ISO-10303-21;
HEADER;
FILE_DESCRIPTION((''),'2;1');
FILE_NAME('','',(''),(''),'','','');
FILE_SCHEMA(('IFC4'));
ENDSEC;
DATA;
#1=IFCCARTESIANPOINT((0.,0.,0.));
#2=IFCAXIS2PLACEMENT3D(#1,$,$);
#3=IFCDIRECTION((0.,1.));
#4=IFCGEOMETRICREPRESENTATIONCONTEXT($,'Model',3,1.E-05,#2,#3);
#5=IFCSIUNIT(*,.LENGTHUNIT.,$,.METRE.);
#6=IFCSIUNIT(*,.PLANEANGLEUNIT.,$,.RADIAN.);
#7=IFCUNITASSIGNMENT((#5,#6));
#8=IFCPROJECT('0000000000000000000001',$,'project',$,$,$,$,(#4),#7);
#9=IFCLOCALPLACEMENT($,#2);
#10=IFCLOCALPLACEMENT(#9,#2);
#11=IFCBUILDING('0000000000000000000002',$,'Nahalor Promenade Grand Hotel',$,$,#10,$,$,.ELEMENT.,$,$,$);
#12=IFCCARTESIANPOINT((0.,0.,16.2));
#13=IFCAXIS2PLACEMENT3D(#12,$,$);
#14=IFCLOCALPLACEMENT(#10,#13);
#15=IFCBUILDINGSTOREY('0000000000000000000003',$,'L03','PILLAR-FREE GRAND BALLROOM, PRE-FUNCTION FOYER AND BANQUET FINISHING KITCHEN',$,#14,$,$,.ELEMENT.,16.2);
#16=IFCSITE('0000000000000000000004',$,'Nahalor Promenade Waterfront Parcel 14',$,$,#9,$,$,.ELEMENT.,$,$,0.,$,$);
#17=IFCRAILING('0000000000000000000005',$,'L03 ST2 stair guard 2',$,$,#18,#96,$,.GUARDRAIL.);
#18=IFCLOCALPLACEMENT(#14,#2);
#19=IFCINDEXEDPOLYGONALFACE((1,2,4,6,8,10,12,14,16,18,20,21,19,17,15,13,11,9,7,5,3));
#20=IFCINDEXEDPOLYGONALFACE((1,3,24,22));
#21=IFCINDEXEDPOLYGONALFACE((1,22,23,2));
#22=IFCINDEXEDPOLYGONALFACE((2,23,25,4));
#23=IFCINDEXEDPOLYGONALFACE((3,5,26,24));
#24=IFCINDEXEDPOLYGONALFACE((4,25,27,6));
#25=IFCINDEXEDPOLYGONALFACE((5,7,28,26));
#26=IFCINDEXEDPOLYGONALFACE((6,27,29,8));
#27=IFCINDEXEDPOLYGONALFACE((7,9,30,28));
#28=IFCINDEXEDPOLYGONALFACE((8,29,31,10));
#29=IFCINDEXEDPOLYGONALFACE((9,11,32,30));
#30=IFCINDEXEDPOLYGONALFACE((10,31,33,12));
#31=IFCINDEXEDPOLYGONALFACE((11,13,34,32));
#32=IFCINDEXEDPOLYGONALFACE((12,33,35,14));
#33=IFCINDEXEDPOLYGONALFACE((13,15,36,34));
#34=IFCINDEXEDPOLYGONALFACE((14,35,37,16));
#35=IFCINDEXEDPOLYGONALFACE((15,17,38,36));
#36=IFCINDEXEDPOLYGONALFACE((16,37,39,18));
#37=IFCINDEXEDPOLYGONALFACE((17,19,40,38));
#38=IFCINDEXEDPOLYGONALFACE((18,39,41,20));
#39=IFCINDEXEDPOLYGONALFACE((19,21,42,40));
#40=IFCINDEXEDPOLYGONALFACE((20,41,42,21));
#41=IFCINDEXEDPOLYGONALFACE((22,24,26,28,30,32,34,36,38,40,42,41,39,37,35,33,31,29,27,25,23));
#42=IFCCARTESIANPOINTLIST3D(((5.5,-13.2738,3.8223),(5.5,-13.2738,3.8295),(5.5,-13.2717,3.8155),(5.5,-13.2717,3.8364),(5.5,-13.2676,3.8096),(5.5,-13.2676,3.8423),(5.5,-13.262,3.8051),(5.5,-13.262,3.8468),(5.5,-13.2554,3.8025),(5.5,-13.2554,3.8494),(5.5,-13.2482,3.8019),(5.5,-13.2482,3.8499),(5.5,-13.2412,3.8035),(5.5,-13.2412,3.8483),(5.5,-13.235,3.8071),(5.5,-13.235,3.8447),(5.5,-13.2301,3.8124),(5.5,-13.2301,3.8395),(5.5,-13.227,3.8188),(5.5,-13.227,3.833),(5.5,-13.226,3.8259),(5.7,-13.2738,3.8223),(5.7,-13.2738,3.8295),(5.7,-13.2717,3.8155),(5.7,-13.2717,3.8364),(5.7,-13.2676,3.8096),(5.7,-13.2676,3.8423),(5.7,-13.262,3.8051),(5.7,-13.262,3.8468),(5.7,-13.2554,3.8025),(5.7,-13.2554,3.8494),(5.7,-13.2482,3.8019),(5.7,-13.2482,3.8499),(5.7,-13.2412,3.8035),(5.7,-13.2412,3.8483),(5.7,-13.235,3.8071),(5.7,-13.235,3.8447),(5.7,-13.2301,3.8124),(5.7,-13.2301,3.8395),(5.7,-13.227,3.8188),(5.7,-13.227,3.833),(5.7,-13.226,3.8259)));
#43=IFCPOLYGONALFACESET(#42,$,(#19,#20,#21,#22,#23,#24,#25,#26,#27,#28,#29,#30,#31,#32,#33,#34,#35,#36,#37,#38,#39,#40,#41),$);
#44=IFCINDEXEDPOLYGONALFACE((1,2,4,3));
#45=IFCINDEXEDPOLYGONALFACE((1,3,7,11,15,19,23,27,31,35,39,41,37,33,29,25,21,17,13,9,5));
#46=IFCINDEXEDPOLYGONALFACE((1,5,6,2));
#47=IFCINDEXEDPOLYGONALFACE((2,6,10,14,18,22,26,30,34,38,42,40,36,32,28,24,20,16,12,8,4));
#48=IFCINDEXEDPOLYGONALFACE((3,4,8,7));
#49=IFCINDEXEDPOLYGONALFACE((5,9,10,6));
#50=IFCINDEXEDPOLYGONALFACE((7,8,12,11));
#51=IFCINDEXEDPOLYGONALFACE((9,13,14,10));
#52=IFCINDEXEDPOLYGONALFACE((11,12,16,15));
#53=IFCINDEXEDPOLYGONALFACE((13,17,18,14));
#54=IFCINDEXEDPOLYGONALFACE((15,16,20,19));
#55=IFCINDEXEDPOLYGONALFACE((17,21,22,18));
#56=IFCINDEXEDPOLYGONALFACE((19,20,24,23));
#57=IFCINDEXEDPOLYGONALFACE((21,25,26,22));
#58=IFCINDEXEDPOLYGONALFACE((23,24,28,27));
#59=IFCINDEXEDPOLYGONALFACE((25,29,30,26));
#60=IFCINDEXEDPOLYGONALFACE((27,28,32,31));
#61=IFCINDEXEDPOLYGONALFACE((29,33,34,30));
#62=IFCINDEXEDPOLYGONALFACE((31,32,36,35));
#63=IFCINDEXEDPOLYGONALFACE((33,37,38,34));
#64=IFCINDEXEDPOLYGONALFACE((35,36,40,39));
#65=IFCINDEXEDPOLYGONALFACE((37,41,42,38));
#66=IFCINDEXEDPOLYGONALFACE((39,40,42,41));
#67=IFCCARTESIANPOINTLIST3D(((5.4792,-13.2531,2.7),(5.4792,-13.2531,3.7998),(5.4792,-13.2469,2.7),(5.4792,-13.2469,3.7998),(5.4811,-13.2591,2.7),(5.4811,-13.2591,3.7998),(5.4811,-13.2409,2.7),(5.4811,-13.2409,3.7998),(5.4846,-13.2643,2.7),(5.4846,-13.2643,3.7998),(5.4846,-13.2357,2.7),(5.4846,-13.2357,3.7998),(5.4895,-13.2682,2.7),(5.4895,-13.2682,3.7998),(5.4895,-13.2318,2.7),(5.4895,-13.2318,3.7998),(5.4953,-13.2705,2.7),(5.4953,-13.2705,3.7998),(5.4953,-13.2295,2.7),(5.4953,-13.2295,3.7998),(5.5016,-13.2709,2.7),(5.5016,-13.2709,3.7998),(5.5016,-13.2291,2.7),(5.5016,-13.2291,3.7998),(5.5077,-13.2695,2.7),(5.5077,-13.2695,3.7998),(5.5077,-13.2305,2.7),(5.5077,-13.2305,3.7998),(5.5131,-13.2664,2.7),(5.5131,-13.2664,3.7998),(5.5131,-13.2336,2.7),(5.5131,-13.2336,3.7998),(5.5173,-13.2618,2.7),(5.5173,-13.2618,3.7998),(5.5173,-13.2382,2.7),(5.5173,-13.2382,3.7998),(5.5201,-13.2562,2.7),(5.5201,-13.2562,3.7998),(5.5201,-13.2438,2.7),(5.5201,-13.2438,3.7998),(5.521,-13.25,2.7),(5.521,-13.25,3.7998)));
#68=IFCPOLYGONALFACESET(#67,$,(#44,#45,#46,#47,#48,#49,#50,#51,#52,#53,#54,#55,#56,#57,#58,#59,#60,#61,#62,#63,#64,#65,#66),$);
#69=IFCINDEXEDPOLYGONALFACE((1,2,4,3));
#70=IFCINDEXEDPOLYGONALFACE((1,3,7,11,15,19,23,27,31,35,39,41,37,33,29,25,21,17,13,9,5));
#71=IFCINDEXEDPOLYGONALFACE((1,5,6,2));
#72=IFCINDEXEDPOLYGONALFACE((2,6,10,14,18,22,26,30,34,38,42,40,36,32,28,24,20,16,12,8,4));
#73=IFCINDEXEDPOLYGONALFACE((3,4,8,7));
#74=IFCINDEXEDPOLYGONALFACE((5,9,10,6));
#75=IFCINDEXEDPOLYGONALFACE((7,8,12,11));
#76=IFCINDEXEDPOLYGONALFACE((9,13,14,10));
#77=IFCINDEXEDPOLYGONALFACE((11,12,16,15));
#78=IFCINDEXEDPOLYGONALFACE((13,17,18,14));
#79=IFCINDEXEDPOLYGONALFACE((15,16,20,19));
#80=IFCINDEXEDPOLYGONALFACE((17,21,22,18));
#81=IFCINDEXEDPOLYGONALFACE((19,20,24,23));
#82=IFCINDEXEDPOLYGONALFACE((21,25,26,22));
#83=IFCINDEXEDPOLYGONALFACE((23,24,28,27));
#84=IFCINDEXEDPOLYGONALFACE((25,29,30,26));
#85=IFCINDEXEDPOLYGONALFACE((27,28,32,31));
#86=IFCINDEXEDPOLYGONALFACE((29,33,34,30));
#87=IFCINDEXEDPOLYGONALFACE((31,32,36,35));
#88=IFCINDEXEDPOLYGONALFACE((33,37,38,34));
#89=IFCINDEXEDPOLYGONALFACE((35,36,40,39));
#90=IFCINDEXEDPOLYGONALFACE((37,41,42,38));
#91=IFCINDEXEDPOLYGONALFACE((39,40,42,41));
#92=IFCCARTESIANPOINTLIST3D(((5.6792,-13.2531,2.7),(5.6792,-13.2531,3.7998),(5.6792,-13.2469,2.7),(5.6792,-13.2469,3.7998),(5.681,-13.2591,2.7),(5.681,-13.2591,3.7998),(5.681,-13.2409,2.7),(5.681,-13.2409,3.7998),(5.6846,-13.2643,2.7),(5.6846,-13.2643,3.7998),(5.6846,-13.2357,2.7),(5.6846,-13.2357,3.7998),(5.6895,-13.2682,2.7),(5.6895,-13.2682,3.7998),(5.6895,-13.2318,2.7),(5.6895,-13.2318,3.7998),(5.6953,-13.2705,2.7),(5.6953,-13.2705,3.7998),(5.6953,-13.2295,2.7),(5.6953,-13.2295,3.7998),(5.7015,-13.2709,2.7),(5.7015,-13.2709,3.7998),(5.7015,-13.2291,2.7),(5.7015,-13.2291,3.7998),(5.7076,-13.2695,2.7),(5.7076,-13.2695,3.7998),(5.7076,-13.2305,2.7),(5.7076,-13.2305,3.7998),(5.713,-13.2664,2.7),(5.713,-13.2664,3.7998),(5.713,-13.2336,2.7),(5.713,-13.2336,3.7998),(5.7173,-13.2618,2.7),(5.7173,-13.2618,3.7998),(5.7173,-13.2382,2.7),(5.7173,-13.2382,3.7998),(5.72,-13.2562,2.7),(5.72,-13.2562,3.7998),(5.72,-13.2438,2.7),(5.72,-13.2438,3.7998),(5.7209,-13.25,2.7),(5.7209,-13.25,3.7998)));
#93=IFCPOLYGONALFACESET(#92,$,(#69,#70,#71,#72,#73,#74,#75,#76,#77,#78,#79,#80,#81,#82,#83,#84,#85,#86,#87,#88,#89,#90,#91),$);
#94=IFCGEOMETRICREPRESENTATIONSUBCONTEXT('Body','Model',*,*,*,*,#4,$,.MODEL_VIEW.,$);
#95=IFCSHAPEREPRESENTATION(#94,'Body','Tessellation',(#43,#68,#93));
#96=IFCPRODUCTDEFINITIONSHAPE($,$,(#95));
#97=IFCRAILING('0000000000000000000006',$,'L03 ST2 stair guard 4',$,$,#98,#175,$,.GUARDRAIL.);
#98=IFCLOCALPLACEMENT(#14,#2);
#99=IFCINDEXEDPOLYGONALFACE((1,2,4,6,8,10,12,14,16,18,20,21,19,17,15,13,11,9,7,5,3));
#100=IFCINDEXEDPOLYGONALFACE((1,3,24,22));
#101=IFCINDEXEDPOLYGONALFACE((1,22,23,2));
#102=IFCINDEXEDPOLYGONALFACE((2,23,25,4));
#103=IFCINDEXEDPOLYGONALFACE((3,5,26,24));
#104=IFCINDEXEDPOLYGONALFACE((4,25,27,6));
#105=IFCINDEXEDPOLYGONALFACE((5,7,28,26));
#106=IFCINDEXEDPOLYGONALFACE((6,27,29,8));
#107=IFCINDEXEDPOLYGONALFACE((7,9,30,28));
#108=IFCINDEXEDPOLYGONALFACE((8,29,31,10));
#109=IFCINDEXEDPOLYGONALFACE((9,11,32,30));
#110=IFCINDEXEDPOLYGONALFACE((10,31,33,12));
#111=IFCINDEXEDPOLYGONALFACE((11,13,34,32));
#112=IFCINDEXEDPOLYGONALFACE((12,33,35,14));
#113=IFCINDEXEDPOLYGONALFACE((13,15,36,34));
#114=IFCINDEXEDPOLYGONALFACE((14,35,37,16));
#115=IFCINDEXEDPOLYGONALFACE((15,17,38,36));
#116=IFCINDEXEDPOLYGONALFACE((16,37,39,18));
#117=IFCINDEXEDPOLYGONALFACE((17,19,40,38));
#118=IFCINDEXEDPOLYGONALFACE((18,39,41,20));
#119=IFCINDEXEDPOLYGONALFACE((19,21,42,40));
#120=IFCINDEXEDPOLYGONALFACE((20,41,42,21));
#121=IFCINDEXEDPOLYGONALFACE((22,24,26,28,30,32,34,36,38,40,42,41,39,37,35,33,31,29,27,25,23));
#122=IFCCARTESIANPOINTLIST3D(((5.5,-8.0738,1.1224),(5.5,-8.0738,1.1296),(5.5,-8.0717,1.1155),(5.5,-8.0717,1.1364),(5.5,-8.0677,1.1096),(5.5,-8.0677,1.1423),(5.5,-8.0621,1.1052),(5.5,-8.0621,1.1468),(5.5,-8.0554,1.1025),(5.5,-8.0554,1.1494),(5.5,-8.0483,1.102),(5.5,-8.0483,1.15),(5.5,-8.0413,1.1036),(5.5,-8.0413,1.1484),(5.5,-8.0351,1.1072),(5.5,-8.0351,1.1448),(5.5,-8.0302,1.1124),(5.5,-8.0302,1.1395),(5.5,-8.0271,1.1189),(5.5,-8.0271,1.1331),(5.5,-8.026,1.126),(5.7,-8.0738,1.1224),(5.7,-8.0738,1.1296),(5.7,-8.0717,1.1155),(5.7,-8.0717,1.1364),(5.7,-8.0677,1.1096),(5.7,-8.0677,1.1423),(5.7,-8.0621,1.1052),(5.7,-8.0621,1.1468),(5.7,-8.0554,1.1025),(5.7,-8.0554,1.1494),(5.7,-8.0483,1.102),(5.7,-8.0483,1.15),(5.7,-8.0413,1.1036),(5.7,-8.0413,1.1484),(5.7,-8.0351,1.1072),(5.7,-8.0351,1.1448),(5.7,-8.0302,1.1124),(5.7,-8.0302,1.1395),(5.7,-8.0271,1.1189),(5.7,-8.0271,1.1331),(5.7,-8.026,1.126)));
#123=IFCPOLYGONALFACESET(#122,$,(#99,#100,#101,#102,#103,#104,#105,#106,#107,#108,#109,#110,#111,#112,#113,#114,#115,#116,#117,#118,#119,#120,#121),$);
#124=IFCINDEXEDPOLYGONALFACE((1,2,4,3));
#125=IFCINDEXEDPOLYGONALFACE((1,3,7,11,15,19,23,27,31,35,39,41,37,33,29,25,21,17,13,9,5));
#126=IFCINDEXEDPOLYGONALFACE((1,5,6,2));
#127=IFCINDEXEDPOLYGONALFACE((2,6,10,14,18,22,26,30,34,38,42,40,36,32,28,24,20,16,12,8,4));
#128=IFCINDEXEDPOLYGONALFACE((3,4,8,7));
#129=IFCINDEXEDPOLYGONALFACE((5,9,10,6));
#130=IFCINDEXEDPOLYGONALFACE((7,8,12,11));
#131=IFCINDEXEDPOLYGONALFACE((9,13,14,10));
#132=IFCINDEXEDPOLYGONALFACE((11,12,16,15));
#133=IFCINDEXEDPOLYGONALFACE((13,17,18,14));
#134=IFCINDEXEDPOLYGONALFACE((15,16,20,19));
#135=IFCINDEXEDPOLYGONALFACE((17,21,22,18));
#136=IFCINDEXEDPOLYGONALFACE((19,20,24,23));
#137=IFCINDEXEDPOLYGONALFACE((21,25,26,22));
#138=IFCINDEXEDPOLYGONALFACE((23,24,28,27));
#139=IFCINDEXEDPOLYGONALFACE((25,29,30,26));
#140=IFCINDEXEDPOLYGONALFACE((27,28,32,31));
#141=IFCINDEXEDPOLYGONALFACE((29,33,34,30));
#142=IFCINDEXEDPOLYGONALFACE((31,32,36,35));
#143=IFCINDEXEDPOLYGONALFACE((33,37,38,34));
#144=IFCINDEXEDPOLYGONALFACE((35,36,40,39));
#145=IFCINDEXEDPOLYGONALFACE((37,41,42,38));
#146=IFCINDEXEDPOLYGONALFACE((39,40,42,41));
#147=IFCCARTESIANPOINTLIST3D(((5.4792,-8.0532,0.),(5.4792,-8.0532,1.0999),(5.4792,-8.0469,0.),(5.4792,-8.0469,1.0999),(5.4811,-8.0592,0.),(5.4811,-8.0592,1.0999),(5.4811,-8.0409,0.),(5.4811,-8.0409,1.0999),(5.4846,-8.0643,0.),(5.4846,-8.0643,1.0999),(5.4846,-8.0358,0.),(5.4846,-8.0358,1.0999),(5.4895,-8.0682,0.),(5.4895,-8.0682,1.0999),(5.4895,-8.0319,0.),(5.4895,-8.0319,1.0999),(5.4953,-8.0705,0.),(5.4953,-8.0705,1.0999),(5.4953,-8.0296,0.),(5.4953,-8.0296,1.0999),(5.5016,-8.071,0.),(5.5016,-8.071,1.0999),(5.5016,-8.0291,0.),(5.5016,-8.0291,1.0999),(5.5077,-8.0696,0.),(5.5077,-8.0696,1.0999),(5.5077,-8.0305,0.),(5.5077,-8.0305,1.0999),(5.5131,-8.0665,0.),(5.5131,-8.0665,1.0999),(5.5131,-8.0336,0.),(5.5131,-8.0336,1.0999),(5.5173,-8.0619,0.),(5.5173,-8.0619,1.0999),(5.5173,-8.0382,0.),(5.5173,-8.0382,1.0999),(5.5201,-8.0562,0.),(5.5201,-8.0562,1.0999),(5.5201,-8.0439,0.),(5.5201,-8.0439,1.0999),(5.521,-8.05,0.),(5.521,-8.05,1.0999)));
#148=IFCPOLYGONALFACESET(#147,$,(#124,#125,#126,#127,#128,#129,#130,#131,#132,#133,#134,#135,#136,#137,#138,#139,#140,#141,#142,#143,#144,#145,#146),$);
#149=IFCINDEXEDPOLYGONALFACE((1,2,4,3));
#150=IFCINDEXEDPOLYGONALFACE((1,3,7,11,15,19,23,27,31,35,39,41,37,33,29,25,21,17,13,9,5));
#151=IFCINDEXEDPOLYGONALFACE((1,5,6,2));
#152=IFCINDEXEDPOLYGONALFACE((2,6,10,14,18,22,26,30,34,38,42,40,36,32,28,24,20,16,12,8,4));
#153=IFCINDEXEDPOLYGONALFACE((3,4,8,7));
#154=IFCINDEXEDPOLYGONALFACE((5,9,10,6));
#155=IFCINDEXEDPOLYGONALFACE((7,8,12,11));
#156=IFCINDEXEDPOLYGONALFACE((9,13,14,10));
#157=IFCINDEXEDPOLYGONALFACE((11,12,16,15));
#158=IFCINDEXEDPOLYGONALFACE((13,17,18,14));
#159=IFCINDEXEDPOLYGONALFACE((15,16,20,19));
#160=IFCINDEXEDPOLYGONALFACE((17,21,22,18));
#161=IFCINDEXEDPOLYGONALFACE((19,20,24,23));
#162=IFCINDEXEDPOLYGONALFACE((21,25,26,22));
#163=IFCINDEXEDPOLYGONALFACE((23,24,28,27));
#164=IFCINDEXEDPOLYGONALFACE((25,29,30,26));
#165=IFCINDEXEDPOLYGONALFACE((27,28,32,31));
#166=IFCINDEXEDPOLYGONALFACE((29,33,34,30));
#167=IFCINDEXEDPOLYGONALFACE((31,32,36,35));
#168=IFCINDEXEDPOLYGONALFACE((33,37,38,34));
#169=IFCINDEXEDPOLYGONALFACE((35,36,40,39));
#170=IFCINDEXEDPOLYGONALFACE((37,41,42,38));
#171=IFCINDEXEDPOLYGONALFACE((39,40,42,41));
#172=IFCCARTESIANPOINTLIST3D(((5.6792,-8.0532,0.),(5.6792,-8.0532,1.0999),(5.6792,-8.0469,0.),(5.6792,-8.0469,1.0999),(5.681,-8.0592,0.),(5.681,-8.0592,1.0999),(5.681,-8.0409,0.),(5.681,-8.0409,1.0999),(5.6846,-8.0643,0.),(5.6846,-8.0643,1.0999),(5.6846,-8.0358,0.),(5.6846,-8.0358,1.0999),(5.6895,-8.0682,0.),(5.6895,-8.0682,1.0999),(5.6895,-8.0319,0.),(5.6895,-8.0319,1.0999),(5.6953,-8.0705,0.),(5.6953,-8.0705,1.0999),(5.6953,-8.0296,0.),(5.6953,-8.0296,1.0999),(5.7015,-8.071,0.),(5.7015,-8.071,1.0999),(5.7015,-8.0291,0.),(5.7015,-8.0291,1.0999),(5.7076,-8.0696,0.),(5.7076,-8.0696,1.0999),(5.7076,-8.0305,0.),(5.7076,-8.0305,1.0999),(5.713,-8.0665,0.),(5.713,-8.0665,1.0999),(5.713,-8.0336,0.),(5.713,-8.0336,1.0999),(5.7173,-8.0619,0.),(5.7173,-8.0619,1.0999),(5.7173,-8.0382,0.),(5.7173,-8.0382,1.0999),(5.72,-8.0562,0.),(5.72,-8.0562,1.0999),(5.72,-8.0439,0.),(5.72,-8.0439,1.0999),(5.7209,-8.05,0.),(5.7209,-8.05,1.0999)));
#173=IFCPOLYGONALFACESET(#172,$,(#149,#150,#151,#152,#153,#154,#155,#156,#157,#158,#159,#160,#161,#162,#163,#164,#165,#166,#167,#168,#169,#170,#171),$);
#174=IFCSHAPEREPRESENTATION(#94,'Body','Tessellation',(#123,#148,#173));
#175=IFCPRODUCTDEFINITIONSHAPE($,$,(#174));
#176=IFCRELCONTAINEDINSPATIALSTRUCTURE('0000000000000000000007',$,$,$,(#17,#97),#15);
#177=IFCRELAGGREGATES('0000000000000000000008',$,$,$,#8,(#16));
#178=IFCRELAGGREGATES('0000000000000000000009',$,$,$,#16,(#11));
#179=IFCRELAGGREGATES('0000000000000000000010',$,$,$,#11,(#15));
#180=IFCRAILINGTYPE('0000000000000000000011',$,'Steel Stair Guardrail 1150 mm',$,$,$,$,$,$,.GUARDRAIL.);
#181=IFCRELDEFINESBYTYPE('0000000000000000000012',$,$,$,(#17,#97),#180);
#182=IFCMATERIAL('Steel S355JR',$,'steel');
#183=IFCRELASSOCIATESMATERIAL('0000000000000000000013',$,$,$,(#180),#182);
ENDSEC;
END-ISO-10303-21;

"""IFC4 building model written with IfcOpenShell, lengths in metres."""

from ifc_helpers import new_model, si_unit, direction, frame, origin, origin_2d, place, context, subcontext, project, spatial, circle, extrude, material, type_object, element, save


model = new_model("IFC4")

# Units and contexts
model_context = context("Model", 3, precision=1e-05, world=origin(), true_north=direction((0.0, 1.0)))
body_context = subcontext(model_context, "Body", "Model", "MODEL_VIEW")
ifc_project = project(units=[si_unit("LENGTHUNIT", "METRE"), si_unit("PLANEANGLEUNIT", "RADIAN")], contexts=[model_context])

# Site, building, storey
site_placement = place(None, origin())
site = spatial("IfcSite", under=ifc_project, at=site_placement, Name="Nahalor Promenade Waterfront Parcel 14", CompositionType="ELEMENT", RefElevation=0.0)
building_placement = place(site_placement, origin())
building = spatial("IfcBuilding", under=site, at=building_placement, Name="Nahalor Promenade Grand Hotel", CompositionType="ELEMENT")
storey_placement = place(building_placement, frame((0.0, 0.0, 16.2)))
storey = spatial("IfcBuildingStorey", under=building, at=storey_placement, Name="L03", Description="PILLAR-FREE GRAND BALLROOM, PRE-FUNCTION FOYER AND BANQUET FINISHING KITCHEN", CompositionType="ELEMENT", Elevation=16.2)

# Shared definitions
ifc_material_1 = material(Name="Steel S355JR", Category="steel")

# Railings
railing_type_1 = type_object("IfcRailingType", Name="Steel Stair Guardrail 1150 mm", PredefinedType="GUARDRAIL", material=ifc_material_1)
for number, where, name in (
    (1, (5.5, -13.25, 2.7), "L03 ST2 stair guard 2"),
    (2, (5.5, -8.05, 0.0), "L03 ST2 stair guard 4"),
):
    element("IfcRailing", number, at=place(storey_placement, frame(where)), inside=storey, type_object=railing_type_1, Name=name, PredefinedType="GUARDRAIL", context=body_context, shape_type="SweptSolid", body=[
        extrude(circle(Radius=0.024, at=origin_2d()), frame((0.0, 0.0, 1.126), z_axis=(1.0, 0.0, 0.0), x_axis=(0.0, 1.0, 0.0)), (0.0, 0.0, 1.0), 0.2),
        extrude(circle(Radius=0.021, at=origin_2d()), origin(), (0.0, 0.0, 1.0), 1.0999),
        extrude(circle(Radius=0.021, at=origin_2d()), frame((0.2, 0.0, 0.0)), (0.0, 0.0, 1.0), 1.0999),
    ])

save(model, "model.ifc")
